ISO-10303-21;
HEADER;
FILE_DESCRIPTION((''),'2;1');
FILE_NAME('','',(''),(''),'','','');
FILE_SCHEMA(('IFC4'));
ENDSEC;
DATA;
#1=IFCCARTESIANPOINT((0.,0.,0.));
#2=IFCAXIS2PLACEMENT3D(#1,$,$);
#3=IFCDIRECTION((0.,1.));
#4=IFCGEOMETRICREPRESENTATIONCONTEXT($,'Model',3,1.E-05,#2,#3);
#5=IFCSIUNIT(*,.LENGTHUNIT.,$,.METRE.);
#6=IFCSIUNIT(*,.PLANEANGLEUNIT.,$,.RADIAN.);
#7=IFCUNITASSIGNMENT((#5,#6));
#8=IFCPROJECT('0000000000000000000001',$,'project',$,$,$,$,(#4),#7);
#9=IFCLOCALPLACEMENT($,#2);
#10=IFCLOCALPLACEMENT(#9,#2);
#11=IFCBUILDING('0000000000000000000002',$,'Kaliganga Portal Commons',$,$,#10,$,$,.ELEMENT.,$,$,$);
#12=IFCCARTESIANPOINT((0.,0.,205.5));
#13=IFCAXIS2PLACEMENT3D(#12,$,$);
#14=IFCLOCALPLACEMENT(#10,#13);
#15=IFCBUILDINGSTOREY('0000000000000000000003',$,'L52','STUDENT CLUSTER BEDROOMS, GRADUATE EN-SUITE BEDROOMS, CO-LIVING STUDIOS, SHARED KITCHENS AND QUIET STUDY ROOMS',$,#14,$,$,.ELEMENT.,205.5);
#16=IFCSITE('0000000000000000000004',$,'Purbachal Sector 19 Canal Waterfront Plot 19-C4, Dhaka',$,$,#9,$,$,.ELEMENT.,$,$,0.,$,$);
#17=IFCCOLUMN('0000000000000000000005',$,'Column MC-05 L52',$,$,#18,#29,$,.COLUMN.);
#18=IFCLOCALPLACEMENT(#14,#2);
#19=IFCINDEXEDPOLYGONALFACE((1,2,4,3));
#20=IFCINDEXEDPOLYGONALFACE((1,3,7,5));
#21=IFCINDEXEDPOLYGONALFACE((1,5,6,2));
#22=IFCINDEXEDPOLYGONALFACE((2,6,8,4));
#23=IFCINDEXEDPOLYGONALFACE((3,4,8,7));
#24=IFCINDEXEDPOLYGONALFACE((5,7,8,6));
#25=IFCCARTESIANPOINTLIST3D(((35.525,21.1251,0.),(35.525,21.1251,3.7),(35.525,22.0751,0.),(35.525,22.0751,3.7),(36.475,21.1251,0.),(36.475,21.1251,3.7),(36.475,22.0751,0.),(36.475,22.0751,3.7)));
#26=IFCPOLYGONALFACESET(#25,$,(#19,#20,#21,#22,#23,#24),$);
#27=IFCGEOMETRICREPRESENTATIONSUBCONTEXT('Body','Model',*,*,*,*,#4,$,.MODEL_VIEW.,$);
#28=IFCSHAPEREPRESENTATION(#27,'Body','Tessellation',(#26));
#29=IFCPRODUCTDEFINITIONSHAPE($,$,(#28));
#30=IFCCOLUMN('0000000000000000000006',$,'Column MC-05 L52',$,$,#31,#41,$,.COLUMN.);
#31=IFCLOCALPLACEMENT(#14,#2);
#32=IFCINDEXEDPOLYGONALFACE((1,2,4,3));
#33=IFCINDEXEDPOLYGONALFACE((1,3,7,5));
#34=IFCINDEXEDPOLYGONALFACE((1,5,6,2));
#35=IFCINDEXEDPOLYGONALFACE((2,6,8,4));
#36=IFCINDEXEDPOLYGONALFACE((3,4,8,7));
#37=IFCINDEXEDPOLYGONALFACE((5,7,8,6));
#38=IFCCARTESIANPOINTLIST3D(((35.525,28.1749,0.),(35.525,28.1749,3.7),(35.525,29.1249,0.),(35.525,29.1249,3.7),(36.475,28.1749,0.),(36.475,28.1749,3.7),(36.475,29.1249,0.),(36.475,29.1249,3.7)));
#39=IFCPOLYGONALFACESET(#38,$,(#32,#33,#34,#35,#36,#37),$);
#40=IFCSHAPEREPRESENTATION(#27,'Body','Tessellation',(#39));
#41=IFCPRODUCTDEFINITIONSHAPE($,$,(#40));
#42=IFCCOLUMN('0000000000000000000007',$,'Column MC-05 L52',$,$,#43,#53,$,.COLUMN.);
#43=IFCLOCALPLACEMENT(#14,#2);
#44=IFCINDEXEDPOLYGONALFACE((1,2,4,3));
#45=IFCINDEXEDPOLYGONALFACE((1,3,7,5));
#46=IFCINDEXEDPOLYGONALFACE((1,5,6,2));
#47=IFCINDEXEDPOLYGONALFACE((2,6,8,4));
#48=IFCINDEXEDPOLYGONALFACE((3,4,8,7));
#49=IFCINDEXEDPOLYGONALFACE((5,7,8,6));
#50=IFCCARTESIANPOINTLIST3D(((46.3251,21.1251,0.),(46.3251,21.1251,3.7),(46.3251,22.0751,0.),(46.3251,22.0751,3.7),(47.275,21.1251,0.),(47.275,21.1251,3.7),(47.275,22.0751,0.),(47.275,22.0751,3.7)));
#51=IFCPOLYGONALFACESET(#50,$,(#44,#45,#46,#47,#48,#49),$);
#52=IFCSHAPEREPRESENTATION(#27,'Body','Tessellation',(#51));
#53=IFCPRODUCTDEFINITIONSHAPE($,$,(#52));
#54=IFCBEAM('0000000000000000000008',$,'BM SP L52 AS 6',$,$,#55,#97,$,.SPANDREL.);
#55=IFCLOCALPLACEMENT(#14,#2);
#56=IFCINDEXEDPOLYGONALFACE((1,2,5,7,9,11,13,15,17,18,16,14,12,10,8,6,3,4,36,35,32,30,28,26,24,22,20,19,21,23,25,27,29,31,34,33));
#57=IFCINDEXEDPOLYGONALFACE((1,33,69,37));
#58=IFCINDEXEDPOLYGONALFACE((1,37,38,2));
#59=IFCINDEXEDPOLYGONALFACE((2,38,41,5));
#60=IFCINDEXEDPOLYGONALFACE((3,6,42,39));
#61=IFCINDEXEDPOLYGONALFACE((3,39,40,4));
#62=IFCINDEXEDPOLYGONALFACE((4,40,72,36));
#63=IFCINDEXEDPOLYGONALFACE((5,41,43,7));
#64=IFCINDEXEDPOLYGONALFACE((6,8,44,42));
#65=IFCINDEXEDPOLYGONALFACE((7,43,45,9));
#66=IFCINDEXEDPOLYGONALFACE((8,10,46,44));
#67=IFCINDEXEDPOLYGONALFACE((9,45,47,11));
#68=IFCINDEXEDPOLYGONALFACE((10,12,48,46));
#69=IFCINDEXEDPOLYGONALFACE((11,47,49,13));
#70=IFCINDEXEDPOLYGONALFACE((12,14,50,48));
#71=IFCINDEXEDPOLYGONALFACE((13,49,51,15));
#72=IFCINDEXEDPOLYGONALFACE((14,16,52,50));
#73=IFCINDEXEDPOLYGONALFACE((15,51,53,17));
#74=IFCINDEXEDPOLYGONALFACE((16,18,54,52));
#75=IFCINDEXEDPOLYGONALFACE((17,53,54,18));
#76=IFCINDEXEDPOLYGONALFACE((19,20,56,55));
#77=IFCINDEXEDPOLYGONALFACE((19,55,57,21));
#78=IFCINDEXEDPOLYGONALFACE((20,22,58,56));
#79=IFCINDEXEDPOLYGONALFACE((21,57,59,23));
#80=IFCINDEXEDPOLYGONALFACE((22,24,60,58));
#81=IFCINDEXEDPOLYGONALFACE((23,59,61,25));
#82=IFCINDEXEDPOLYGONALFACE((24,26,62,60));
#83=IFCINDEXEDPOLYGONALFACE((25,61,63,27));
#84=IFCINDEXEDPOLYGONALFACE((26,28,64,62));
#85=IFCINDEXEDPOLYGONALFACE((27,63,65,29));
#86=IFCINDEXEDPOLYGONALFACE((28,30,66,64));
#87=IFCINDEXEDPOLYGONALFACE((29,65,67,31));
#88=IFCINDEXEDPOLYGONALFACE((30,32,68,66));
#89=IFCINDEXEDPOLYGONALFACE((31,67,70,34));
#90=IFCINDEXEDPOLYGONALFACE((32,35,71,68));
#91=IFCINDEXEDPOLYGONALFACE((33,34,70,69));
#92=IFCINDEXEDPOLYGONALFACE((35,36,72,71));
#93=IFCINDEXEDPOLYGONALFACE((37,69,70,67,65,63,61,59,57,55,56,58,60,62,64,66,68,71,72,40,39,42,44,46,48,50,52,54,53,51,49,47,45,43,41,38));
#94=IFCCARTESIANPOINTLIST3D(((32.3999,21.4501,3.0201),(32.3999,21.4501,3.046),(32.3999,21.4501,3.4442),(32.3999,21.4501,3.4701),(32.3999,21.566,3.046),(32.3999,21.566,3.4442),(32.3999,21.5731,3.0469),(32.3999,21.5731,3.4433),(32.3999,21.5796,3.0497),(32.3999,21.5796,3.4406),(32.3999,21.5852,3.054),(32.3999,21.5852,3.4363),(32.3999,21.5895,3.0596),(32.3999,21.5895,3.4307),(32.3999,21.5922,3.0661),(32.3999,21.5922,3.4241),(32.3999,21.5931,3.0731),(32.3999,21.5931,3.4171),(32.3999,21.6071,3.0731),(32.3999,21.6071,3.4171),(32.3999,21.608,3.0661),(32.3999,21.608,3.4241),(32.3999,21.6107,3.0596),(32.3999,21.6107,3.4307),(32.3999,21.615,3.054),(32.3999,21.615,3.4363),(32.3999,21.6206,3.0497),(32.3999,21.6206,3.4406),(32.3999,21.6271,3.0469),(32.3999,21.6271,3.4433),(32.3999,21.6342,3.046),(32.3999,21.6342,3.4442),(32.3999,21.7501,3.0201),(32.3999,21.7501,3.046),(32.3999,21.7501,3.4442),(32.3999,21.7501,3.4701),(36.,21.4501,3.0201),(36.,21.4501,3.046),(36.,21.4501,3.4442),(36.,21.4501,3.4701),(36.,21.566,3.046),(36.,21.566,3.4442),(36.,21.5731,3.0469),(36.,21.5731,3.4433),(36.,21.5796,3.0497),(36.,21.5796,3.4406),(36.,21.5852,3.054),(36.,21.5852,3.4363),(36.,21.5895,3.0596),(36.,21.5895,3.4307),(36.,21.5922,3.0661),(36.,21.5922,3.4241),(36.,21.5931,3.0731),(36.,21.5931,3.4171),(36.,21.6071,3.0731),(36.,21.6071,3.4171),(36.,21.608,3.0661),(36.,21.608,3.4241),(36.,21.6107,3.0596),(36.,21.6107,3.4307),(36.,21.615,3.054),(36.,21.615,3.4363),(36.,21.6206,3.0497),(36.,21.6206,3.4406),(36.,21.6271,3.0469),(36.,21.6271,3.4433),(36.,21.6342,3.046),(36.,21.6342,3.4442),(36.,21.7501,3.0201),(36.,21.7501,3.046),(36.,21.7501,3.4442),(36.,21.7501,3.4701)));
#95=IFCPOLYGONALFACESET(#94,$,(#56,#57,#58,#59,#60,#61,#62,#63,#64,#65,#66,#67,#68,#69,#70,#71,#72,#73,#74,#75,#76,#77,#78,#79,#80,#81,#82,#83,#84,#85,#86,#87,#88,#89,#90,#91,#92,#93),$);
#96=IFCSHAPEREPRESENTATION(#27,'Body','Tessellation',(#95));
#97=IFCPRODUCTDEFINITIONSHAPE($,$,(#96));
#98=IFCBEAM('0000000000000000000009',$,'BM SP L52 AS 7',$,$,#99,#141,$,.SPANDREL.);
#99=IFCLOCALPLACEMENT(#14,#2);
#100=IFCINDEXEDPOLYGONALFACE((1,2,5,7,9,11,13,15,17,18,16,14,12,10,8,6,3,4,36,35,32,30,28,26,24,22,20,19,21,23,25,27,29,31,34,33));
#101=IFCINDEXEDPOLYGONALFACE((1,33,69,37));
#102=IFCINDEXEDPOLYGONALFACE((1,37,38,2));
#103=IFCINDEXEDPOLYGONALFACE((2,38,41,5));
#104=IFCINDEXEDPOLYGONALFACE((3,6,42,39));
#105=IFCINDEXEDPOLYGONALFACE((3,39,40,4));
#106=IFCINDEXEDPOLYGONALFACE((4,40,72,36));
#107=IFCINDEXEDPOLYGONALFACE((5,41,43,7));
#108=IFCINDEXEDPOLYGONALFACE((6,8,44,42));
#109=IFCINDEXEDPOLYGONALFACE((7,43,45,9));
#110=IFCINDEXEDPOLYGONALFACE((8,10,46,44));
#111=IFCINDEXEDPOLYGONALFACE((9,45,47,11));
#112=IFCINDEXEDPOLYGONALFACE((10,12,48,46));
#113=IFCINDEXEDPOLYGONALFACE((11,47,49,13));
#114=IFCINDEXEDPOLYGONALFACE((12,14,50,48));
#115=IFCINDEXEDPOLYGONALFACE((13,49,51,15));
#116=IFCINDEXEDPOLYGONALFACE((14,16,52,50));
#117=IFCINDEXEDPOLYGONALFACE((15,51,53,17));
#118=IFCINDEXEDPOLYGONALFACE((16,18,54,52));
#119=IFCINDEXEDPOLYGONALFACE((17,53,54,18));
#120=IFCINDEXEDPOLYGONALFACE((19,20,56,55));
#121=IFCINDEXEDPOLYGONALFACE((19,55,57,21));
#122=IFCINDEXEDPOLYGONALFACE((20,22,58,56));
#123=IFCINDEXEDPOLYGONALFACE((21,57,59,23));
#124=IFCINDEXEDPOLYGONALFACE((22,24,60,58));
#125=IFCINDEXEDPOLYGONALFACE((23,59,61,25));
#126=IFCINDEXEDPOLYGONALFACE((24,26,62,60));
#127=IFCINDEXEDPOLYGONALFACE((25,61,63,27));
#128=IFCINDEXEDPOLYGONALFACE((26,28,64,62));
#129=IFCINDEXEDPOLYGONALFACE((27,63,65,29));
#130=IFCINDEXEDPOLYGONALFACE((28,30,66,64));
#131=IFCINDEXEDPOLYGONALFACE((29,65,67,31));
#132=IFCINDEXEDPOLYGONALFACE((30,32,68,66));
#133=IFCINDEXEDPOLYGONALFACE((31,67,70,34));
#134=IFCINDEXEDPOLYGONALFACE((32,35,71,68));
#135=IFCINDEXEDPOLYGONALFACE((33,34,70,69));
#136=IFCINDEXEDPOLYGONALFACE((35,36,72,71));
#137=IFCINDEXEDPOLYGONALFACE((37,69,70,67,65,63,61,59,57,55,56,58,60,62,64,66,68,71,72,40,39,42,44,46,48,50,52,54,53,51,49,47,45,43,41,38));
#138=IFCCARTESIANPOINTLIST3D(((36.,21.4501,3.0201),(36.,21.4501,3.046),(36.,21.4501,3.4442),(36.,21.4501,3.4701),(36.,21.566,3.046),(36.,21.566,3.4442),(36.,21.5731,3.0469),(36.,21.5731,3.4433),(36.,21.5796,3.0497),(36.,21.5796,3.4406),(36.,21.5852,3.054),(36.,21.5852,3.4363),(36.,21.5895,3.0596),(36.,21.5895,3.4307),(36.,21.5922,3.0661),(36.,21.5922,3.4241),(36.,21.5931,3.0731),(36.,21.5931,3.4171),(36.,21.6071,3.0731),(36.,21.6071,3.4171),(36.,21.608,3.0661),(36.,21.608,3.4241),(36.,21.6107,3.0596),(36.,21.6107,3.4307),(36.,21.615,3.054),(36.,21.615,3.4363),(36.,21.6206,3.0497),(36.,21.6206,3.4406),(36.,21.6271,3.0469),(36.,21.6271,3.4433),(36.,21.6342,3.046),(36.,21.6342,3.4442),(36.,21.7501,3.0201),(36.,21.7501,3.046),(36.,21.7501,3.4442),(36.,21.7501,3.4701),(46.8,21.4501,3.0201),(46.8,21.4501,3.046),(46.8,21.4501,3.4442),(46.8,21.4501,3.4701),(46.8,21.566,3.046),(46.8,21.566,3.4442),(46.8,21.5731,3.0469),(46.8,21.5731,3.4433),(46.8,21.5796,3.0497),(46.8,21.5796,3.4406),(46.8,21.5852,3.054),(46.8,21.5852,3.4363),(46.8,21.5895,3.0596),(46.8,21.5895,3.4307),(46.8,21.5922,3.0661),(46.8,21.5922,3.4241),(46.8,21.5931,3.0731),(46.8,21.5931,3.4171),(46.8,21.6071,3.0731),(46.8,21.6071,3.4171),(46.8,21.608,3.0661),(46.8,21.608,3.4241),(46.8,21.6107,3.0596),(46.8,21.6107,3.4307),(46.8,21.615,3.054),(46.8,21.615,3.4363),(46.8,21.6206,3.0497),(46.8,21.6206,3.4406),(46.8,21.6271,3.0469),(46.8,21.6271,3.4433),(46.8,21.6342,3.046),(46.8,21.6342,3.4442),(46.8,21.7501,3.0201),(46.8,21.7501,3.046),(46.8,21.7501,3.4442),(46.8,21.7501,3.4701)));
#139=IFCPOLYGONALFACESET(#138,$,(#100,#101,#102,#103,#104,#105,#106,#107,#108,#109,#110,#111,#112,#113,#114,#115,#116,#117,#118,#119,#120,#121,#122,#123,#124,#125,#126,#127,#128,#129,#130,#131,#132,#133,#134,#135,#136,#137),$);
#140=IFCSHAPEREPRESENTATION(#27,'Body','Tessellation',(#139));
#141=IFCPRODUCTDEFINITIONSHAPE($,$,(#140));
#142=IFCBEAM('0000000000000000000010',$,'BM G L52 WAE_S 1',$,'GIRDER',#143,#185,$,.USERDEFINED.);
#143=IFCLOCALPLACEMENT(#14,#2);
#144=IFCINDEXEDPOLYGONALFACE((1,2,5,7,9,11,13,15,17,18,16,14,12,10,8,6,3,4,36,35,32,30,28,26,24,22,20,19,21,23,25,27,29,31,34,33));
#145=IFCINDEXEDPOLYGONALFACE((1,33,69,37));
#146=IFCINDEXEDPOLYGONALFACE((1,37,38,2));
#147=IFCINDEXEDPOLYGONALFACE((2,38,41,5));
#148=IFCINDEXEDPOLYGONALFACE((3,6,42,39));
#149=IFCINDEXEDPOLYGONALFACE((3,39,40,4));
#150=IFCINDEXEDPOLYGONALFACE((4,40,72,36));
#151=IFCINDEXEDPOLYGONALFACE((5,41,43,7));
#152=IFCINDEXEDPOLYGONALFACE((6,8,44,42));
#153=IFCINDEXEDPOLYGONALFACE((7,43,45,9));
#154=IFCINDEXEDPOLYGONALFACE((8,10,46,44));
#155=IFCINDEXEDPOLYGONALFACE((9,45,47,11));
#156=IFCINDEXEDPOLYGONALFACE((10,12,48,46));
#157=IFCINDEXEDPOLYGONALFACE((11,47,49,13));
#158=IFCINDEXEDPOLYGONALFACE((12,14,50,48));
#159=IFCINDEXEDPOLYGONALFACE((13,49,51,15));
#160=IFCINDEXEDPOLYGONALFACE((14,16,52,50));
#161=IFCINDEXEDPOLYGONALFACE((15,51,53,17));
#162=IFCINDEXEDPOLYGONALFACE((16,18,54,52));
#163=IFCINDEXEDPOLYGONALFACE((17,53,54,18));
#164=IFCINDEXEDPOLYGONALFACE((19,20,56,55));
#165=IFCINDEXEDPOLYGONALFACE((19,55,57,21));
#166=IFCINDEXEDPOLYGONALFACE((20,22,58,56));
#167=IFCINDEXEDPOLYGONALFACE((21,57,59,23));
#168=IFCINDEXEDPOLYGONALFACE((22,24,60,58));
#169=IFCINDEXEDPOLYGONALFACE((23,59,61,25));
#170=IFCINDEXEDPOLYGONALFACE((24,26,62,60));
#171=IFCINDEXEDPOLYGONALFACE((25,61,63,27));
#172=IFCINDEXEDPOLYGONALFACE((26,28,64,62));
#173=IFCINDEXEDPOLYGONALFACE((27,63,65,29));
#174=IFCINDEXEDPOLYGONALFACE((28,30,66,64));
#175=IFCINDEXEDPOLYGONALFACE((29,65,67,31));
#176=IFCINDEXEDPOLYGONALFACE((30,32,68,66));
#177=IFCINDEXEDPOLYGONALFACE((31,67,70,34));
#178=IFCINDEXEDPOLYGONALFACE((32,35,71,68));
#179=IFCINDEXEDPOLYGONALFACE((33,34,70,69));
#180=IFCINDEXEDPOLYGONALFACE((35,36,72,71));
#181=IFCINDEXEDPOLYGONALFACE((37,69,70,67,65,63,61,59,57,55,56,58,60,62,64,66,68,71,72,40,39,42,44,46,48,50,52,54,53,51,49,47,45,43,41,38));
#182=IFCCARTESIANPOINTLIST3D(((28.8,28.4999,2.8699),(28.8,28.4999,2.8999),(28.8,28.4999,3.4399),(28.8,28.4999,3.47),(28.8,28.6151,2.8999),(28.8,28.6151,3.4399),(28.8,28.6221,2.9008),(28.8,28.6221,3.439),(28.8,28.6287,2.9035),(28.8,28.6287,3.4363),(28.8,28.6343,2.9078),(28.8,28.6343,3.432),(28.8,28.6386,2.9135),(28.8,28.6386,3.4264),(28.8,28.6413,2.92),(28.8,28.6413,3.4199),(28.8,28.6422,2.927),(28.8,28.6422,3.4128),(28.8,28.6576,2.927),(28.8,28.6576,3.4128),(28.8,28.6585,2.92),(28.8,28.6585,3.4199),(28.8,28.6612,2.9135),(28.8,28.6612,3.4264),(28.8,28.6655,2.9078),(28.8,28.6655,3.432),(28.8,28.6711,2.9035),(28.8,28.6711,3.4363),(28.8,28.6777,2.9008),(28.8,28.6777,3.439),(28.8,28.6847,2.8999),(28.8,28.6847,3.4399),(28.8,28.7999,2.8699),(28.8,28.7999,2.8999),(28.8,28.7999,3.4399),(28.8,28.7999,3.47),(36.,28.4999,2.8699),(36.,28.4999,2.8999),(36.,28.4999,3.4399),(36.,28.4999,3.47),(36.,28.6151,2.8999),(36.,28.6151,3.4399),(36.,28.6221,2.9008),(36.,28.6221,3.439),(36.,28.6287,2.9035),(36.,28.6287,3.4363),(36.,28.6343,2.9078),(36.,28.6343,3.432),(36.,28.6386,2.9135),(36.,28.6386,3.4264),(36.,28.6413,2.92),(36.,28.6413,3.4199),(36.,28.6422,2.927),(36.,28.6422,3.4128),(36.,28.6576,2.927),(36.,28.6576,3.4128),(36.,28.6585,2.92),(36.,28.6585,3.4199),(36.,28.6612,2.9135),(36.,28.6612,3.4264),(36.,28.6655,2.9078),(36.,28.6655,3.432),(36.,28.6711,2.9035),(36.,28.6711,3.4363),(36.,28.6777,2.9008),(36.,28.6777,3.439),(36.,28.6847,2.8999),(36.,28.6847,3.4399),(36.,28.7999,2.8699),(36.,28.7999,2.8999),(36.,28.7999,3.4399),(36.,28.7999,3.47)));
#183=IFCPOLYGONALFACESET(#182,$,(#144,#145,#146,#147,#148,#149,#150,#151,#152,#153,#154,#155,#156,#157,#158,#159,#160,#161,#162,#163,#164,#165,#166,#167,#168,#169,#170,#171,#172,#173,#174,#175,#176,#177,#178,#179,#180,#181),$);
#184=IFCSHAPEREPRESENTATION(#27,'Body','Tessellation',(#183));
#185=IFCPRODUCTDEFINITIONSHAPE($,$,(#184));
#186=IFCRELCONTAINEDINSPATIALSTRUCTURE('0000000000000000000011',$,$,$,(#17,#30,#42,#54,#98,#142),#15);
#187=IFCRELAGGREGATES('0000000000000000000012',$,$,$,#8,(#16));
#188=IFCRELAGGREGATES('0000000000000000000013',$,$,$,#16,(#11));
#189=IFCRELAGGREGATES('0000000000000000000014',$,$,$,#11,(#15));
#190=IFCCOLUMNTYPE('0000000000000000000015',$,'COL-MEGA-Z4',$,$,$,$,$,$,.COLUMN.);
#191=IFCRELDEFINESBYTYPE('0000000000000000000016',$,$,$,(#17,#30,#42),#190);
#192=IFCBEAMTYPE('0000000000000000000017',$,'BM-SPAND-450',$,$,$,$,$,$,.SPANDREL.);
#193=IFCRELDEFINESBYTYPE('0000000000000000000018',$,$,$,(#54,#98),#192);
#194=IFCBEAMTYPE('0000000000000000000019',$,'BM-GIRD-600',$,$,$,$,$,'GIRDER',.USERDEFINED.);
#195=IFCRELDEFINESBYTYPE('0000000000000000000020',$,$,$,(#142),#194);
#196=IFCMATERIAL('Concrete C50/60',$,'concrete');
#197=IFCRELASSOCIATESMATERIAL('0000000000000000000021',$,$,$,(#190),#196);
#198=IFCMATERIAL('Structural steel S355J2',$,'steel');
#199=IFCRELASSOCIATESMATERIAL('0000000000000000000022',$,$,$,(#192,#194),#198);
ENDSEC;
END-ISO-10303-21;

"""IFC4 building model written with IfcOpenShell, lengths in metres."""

from ifc_helpers import new_model, si_unit, direction, frame, origin, origin_2d, place, context, subcontext, project, spatial, rectangle, i_section, extrude, source, transform, mapped, material, material_profile, profile_set, type_object, element, save


model = new_model("IFC4")

# Units and contexts
model_context = context("Model", 3, precision=1e-05, world=origin(), true_north=direction((0.0, 1.0)))
body_context = subcontext(model_context, "Body", "Model", "MODEL_VIEW")
ifc_project = project(units=[si_unit("LENGTHUNIT", "METRE"), si_unit("PLANEANGLEUNIT", "RADIAN")], contexts=[model_context])

# Site, building, storey
site_placement = place(None, origin())
site = spatial("IfcSite", under=ifc_project, at=site_placement, Name="Purbachal Sector 19 Canal Waterfront Plot 19-C4, Dhaka", CompositionType="ELEMENT", RefElevation=0.0)
building_placement = place(site_placement, origin())
building = spatial("IfcBuilding", under=site, at=building_placement, Name="Kaliganga Portal Commons", CompositionType="ELEMENT")
storey_placement = place(building_placement, frame((0.0, 0.0, 205.5)))
storey = spatial("IfcBuildingStorey", under=building, at=storey_placement, Name="L52", Description="STUDENT CLUSTER BEDROOMS, GRADUATE EN-SUITE BEDROOMS, CO-LIVING STUDIOS, SHARED KITCHENS AND QUIET STUDY ROOMS", CompositionType="ELEMENT", Elevation=205.5)

# Columns
ifc_material_1 = material(Name="Concrete C50/60", Category="concrete")
ifc_material_profile_1 = material_profile(ifc_material_1, rectangle(XDim=0.95, YDim=0.95, at=origin_2d()), Name="RC 950x950")
ifc_profile_set_1 = profile_set([ifc_material_profile_1], Name="Concrete C50/60")
column_type = type_object("IfcColumnType", Name="COL-MEGA-Z4", PredefinedType="COLUMN", material=ifc_profile_set_1)
shared_shape_1 = source(origin(), body_context, "Body", "SweptSolid", [
    extrude(rectangle(XDim=0.95, YDim=0.95, at=origin_2d()), origin(), (0.0, 0.0, 1.0), 3.7),
])
for number, where, z_axis, x_axis, name in (
    (1, (36.0, 21.6001, 0.0), (0.0, 0.0, 1.0), (1.0, 0.0, 0.0), "Column MC-05 L52"),
    (2, (36.0, 28.6499, 0.0), (0.0, 0.0, 1.0), (1.0, 0.0, 0.0), "Column MC-05 L52"),
    (3, (46.8, 21.6001, 0.0), (0.0, 0.0, 1.0), (1.0, 0.0, 0.0), "Column MC-05 L52"),
):
    element("IfcColumn", number, at=place(storey_placement, frame(where, z_axis=z_axis, x_axis=x_axis)), inside=storey, type_object=column_type, Name=name, PredefinedType="COLUMN", context=body_context, shape_type="MappedRepresentation", body=[
        mapped(shared_shape_1, transform((0.0, 0.0, 0.0), x_axis=(1.0, 0.0, 0.0), y_axis=(0.0, 1.0, 0.0), z_axis=(0.0, 0.0, 1.0), scale=1.0)),
    ])

# Beams
ifc_material_2 = material(Name="Structural steel S355J2", Category="steel")
ifc_material_profile_2 = material_profile(ifc_material_2, i_section(OverallWidth=0.3, OverallDepth=0.45, WebThickness=0.0139, FlangeThickness=0.0259, FilletRadius=0.0271, at=origin_2d()), Name="HE 450 B")
ifc_profile_set_2 = profile_set([ifc_material_profile_2], Name="Structural steel S355J2 wide-flange")
beam_type_1 = type_object("IfcBeamType", Name="BM-SPAND-450", PredefinedType="SPANDREL", material=ifc_profile_set_2)
shared_shape_2 = source(origin(), body_context, "Body", "SweptSolid", [
    extrude(i_section(OverallWidth=0.3, OverallDepth=0.45, WebThickness=0.0139, FlangeThickness=0.0259, FilletRadius=0.0271, at=origin_2d()), origin(), (0.0, 0.0, 1.0), 3.6001),
])
beam_1_placement = place(storey_placement, frame((32.3999, 21.6001, 3.2451), z_axis=(1.0, 0.0, 0.0), x_axis=(0.0, 1.0, 0.0)))
element("IfcBeam", 4, at=beam_1_placement, inside=storey, type_object=beam_type_1, Name="BM SP L52 AS 6", PredefinedType="SPANDREL", context=body_context, shape_type="MappedRepresentation", body=[
    mapped(shared_shape_2, transform((0.0, 0.0, 0.0), x_axis=(1.0, 0.0, 0.0), y_axis=(0.0, 1.0, 0.0), z_axis=(0.0, 0.0, 1.0), scale=1.0)),
])
shared_shape_3 = source(origin(), body_context, "Body", "SweptSolid", [
    extrude(i_section(OverallWidth=0.3, OverallDepth=0.45, WebThickness=0.0139, FlangeThickness=0.0259, FilletRadius=0.0271, at=origin_2d()), origin(), (0.0, 0.0, 1.0), 10.8),
])
beam_2_placement = place(storey_placement, frame((36.0, 21.6001, 3.2451), z_axis=(1.0, 0.0, 0.0), x_axis=(0.0, 1.0, 0.0)))
element("IfcBeam", 5, at=beam_2_placement, inside=storey, type_object=beam_type_1, Name="BM SP L52 AS 7", PredefinedType="SPANDREL", context=body_context, shape_type="MappedRepresentation", body=[
    mapped(shared_shape_3, transform((0.0, 0.0, 0.0), x_axis=(1.0, 0.0, 0.0), y_axis=(0.0, 1.0, 0.0), z_axis=(0.0, 0.0, 1.0), scale=1.0)),
])
ifc_material_profile_3 = material_profile(ifc_material_2, i_section(OverallWidth=0.3, OverallDepth=0.6001, WebThickness=0.0154, FlangeThickness=0.03, FilletRadius=0.0271, at=origin_2d()), Name="HE 600 B")
ifc_profile_set_3 = profile_set([ifc_material_profile_3], Name="Structural steel S355J2 wide-flange")
beam_type_2 = type_object("IfcBeamType", Name="BM-GIRD-600", ElementType="GIRDER", PredefinedType="USERDEFINED", material=ifc_profile_set_3)
shared_shape_4 = source(origin(), body_context, "Body", "SweptSolid", [
    extrude(i_section(OverallWidth=0.3, OverallDepth=0.6001, WebThickness=0.0154, FlangeThickness=0.03, FilletRadius=0.0271, at=origin_2d()), origin(), (0.0, 0.0, 1.0), 7.2),
])
beam_3_placement = place(storey_placement, frame((28.8, 28.6499, 3.1699), z_axis=(1.0, 0.0, 0.0), x_axis=(0.0, 1.0, 0.0)))
element("IfcBeam", 6, at=beam_3_placement, inside=storey, type_object=beam_type_2, Name="BM G L52 WAE_S 1", ObjectType="GIRDER", PredefinedType="USERDEFINED", context=body_context, shape_type="MappedRepresentation", body=[
    mapped(shared_shape_4, transform((0.0, 0.0, 0.0), x_axis=(1.0, 0.0, 0.0), y_axis=(0.0, 1.0, 0.0), z_axis=(0.0, 0.0, 1.0), scale=1.0)),
])

save(model, "model.ifc")
